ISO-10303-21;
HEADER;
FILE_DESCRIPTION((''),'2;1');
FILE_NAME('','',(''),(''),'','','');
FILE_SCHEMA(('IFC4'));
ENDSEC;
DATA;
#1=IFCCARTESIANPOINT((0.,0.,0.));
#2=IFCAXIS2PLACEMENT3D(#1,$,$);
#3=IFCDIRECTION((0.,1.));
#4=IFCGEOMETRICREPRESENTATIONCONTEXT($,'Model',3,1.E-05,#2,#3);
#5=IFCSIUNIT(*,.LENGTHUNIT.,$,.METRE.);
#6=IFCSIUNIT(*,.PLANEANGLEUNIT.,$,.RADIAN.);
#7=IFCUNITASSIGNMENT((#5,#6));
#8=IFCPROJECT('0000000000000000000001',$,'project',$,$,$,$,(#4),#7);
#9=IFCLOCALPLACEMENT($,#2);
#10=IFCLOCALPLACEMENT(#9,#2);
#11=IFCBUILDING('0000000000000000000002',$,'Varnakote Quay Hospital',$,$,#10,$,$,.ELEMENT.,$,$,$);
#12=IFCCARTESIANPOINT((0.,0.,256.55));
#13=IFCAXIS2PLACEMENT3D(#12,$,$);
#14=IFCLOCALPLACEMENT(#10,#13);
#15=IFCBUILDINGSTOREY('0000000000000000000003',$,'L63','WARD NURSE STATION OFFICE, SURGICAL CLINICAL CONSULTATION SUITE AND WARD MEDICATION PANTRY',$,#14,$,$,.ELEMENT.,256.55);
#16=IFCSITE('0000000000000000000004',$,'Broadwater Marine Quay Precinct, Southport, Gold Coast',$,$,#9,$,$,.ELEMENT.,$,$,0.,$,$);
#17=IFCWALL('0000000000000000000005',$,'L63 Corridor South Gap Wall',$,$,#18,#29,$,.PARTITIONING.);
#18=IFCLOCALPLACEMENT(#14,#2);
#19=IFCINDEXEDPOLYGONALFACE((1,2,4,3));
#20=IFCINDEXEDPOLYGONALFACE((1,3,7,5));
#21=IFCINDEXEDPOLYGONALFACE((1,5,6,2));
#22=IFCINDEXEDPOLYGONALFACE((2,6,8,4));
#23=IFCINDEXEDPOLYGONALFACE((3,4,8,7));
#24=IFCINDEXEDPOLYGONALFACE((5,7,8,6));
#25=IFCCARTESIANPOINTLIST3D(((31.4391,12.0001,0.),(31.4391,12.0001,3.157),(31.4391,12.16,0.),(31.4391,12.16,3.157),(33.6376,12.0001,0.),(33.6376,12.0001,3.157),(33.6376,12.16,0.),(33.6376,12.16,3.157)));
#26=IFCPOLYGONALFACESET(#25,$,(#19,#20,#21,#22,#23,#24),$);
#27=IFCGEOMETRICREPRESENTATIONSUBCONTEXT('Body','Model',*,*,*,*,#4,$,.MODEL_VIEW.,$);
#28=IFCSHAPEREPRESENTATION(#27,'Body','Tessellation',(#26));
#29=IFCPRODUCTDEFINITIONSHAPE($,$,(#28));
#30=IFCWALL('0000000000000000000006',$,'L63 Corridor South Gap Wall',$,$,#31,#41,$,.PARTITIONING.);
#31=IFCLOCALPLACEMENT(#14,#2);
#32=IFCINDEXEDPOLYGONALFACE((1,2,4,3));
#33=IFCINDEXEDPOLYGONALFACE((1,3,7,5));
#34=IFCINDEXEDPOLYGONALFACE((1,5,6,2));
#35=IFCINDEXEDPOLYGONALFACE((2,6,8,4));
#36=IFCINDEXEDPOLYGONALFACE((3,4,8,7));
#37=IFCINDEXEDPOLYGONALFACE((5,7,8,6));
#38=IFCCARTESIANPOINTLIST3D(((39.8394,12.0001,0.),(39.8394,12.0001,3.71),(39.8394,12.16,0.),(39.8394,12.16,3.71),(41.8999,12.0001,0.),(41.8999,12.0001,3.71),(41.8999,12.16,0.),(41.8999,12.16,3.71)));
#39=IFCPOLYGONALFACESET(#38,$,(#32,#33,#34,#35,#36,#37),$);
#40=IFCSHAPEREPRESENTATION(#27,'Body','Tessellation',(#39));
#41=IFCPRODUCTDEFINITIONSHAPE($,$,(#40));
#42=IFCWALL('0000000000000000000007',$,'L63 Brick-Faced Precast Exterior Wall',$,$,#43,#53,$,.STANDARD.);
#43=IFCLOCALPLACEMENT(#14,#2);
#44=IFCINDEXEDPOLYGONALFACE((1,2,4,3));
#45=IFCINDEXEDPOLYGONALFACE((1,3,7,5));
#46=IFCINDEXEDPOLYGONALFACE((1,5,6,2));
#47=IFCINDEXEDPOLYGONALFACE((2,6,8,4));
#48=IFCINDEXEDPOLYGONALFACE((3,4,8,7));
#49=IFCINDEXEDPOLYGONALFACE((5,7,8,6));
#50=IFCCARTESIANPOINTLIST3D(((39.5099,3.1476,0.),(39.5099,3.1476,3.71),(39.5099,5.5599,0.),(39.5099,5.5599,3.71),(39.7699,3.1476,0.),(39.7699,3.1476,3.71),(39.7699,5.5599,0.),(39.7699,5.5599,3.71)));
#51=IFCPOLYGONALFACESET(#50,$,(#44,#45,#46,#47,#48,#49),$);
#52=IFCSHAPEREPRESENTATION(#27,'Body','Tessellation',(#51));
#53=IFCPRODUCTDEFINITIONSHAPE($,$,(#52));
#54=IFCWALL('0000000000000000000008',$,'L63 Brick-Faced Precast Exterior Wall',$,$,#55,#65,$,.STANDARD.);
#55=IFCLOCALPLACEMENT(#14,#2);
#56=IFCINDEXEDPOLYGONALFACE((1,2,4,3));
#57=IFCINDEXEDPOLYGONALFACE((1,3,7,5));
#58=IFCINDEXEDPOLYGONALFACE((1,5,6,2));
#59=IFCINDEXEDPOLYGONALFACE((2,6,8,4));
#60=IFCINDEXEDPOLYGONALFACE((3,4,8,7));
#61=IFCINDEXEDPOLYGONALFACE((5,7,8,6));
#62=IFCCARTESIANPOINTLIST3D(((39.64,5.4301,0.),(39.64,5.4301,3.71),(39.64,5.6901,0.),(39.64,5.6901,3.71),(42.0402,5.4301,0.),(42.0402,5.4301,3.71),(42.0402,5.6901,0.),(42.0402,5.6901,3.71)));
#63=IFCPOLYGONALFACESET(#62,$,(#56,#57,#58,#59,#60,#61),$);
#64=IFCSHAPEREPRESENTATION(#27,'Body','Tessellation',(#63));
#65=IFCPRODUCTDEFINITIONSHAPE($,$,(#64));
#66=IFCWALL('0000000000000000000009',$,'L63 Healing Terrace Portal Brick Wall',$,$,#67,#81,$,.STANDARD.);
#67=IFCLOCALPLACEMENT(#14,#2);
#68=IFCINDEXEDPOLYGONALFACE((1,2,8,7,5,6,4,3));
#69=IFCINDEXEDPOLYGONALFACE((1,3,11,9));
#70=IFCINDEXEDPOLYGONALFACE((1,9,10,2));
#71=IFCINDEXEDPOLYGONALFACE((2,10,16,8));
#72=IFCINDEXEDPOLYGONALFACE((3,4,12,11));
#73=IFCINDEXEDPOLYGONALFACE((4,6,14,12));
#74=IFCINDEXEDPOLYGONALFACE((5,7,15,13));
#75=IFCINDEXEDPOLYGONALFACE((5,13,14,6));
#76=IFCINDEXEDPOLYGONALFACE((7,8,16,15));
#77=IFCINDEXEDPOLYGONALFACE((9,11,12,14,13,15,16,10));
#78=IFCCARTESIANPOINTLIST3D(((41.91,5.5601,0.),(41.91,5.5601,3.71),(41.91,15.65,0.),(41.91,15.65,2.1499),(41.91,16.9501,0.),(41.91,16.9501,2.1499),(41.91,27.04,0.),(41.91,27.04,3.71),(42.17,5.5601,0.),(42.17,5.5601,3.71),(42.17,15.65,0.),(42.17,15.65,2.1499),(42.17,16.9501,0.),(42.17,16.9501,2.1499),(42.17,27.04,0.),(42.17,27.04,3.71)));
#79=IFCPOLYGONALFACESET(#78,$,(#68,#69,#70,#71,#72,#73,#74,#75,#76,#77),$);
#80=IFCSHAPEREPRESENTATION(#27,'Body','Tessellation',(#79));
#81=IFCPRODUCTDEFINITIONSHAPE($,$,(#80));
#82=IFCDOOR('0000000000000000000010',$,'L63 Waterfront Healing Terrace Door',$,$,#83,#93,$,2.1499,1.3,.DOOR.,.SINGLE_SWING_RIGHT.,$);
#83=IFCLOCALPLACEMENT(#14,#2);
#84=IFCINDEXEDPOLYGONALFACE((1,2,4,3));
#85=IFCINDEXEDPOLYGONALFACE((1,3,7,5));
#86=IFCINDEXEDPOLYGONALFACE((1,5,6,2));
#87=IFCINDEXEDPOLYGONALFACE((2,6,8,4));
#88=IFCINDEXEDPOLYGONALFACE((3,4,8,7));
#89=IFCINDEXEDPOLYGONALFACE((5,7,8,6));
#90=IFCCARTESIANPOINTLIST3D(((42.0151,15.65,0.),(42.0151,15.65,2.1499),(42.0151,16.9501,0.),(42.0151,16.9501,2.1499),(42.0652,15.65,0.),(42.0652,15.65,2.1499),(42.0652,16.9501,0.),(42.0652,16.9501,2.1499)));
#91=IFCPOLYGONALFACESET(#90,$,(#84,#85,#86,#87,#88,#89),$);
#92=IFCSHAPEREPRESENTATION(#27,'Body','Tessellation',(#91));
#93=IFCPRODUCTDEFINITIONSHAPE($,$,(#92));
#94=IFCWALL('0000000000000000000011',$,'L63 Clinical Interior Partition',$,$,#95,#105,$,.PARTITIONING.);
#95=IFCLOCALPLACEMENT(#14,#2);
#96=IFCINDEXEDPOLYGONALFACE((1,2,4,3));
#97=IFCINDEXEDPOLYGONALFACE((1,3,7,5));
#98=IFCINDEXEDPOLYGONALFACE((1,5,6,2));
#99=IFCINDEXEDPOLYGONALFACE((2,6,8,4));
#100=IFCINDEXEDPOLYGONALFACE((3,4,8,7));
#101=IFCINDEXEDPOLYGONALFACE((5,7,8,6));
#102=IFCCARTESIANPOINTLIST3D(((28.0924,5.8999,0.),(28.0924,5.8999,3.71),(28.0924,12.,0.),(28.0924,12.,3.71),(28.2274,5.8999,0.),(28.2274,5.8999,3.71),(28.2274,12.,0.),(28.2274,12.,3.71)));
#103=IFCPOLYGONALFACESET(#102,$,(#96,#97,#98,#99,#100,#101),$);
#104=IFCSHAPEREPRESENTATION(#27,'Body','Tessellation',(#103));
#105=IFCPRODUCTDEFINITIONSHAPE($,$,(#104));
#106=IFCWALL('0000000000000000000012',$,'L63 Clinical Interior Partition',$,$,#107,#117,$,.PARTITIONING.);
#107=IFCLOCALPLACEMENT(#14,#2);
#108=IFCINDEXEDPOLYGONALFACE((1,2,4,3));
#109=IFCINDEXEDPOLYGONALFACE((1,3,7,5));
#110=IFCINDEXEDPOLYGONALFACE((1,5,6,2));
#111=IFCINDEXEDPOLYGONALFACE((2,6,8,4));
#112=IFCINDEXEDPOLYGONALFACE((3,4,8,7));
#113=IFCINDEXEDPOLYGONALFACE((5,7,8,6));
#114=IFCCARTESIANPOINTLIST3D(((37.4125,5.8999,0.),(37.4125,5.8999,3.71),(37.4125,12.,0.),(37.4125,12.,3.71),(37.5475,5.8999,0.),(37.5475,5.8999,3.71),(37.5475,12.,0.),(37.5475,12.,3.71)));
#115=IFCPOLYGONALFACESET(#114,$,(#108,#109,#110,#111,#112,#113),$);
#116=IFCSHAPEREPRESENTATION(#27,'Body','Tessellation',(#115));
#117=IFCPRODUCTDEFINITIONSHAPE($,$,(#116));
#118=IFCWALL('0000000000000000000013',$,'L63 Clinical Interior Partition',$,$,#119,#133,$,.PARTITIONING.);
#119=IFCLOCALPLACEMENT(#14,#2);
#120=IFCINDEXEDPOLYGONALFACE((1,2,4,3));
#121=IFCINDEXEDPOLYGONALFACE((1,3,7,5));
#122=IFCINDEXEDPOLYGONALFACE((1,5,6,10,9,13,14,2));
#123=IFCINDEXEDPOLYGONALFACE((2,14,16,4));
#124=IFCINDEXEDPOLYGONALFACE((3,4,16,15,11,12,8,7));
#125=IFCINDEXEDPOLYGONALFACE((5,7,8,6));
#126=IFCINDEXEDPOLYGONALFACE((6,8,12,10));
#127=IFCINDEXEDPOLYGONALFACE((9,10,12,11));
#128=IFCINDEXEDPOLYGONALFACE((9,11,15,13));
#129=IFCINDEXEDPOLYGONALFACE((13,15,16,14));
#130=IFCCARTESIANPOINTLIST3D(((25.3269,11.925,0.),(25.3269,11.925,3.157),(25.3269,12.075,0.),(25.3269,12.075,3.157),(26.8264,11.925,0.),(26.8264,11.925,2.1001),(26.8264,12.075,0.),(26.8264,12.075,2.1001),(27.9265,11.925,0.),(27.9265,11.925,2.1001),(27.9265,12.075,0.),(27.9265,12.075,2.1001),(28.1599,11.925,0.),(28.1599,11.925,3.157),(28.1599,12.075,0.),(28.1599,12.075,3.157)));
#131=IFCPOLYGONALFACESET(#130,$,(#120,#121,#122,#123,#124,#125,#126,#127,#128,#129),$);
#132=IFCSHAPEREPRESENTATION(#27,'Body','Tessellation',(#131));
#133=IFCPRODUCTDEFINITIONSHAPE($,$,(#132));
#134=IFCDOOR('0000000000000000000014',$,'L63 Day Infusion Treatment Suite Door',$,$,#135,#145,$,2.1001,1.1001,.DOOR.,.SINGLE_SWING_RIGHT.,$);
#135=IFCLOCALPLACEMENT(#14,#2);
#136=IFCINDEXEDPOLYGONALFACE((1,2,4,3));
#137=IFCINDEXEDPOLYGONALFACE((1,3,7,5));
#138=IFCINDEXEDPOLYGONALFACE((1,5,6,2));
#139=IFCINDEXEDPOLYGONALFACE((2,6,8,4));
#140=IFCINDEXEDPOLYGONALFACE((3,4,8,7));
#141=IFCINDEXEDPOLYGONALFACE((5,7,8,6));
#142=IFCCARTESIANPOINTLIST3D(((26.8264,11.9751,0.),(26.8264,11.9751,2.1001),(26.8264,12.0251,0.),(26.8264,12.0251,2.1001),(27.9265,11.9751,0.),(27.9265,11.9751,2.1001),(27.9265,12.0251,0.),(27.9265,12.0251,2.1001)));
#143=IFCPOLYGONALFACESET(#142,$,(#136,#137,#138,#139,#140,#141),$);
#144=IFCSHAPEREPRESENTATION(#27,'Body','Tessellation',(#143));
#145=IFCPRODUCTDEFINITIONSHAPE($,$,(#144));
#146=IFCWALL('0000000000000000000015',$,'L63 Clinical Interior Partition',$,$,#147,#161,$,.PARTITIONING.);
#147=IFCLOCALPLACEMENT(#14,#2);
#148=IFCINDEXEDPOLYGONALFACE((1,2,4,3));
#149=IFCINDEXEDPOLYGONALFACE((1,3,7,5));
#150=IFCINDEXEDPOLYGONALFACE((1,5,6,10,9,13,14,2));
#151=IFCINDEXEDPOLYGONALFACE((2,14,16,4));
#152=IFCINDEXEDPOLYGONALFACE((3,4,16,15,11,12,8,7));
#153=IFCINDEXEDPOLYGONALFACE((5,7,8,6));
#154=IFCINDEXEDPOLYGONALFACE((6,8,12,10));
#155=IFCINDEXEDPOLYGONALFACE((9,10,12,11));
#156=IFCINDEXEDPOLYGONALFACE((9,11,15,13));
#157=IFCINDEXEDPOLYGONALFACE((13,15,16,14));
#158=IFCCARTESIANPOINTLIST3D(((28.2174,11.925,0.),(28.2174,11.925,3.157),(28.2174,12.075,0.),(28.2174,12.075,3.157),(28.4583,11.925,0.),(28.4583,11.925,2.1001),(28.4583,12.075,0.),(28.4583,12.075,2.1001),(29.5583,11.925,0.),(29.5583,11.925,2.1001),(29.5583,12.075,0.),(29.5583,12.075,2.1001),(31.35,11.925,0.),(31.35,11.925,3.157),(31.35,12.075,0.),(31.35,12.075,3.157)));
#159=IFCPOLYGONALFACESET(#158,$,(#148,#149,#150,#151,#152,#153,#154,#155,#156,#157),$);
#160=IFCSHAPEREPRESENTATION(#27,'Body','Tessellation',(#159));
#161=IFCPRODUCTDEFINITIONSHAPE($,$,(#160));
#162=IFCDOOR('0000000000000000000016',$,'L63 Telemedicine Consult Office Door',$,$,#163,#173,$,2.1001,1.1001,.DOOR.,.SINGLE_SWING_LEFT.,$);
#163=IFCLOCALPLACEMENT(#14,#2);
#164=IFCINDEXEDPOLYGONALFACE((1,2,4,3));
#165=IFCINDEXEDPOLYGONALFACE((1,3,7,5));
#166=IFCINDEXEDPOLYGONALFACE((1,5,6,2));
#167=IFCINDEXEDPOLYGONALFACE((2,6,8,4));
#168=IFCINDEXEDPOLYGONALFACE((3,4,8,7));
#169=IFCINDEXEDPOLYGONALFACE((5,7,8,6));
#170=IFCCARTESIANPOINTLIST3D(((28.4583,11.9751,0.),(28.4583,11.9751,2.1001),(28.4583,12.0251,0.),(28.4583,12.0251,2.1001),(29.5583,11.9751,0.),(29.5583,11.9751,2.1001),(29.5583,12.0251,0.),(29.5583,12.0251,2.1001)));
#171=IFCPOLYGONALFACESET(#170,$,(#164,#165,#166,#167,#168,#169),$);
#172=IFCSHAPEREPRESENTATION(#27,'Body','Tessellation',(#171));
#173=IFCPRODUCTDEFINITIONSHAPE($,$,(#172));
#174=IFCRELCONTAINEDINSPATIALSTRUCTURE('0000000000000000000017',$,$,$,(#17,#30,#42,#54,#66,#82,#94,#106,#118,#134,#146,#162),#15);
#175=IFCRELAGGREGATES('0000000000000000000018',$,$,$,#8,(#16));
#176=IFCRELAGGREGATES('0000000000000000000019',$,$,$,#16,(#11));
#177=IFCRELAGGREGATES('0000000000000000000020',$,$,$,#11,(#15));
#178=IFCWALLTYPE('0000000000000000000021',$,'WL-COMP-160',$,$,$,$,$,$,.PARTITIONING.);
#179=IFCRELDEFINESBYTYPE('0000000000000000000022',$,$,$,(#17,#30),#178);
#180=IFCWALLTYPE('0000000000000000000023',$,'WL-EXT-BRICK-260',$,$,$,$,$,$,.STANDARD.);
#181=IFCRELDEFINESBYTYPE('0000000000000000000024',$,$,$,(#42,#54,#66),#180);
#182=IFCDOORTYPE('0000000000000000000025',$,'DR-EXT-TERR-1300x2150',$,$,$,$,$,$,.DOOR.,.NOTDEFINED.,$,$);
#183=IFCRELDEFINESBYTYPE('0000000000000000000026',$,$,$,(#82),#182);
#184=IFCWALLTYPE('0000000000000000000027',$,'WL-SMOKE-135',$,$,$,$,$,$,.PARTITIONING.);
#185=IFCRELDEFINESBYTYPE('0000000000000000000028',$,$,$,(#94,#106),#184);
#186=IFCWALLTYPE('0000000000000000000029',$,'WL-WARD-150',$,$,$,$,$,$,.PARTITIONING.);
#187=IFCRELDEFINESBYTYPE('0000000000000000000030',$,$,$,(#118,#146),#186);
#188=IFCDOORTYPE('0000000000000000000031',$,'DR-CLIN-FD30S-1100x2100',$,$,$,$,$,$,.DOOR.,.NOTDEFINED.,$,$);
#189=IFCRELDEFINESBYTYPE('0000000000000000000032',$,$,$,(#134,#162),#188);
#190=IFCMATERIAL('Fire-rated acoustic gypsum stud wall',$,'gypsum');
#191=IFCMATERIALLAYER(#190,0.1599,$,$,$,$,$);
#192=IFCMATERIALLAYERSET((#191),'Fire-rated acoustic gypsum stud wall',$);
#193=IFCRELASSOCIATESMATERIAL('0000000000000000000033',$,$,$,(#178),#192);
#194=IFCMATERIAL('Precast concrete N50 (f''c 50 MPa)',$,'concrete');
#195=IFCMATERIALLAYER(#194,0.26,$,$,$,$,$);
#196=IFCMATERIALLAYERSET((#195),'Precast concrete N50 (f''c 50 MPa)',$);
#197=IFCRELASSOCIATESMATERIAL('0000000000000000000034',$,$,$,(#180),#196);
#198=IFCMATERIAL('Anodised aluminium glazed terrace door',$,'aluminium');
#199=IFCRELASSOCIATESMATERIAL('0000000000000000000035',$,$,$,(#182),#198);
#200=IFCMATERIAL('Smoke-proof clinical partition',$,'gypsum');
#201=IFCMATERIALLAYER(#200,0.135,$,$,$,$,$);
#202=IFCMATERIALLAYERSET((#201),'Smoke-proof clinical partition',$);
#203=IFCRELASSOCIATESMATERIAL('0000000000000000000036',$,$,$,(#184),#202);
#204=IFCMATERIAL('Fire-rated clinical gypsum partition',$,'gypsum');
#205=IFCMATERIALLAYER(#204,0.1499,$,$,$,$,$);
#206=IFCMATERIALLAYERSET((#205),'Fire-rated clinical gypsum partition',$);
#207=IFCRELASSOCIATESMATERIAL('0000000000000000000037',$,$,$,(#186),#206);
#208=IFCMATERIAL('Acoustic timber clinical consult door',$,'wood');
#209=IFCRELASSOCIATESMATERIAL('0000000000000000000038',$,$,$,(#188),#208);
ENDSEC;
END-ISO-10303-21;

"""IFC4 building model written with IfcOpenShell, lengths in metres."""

from ifc_helpers import new_model, si_unit, direction, frame, frame_2d, origin, place, context, subcontext, project, spatial, rectangle, extrude, material, layer, layer_set, type_object, element, fill, save


model = new_model("IFC4")

# Units and contexts
model_context = context("Model", 3, precision=1e-05, world=origin(), true_north=direction((0.0, 1.0)))
body_context = subcontext(model_context, "Body", "Model", "MODEL_VIEW")
ifc_project = project(units=[si_unit("LENGTHUNIT", "METRE"), si_unit("PLANEANGLEUNIT", "RADIAN")], contexts=[model_context])

# Site, building, storey
site_placement = place(None, origin())
site = spatial("IfcSite", under=ifc_project, at=site_placement, Name="Broadwater Marine Quay Precinct, Southport, Gold Coast", CompositionType="ELEMENT", RefElevation=0.0)
building_placement = place(site_placement, origin())
building = spatial("IfcBuilding", under=site, at=building_placement, Name="Varnakote Quay Hospital", CompositionType="ELEMENT")
storey_placement = place(building_placement, frame((0.0, 0.0, 256.55)))
storey = spatial("IfcBuildingStorey", under=building, at=storey_placement, Name="L63", Description="WARD NURSE STATION OFFICE, SURGICAL CLINICAL CONSULTATION SUITE AND WARD MEDICATION PANTRY", CompositionType="ELEMENT", Elevation=256.55)

# Walls
ifc_material_1 = material(Name="Fire-rated acoustic gypsum stud wall", Category="gypsum")
ifc_layer_1 = layer(ifc_material_1, 0.1599)
ifc_layer_set_1 = layer_set([ifc_layer_1], Name="Fire-rated acoustic gypsum stud wall")
wall_type_1 = type_object("IfcWallType", Name="WL-COMP-160", PredefinedType="PARTITIONING", material=ifc_layer_set_1)
wall_1_placement = place(storey_placement, frame((31.4392, 12.0801, 0.0), z_axis=(0.0, 0.0, 1.0), x_axis=(1.0, 0.0, 0.0)))
element("IfcWall", 1, at=wall_1_placement, inside=storey, type_object=wall_type_1, Name="L63 Corridor South Gap Wall", PredefinedType="PARTITIONING", context=body_context, shape_type="SweptSolid", body=[
    extrude(rectangle(XDim=2.1985, YDim=0.1599, at=frame_2d((1.0991, 0.0))), origin(), (0.0, 0.0, 1.0), 3.157),
])
wall_2_placement = place(storey_placement, frame((39.8394, 12.0801, 0.0), z_axis=(0.0, 0.0, 1.0), x_axis=(1.0, 0.0, 0.0)))
element("IfcWall", 2, at=wall_2_placement, inside=storey, type_object=wall_type_1, Name="L63 Corridor South Gap Wall", PredefinedType="PARTITIONING", context=body_context, shape_type="SweptSolid", body=[
    extrude(rectangle(XDim=2.0605, YDim=0.1599, at=frame_2d((1.0303, 0.0))), origin(), (0.0, 0.0, 1.0), 3.71),
])
ifc_material_2 = material(Name="Precast concrete N50 (f'c 50 MPa)", Category="concrete")
ifc_layer_2 = layer(ifc_material_2, 0.26)
ifc_layer_set_2 = layer_set([ifc_layer_2], Name="Precast concrete N50 (f'c 50 MPa)")
wall_type_2 = type_object("IfcWallType", Name="WL-EXT-BRICK-260", PredefinedType="STANDARD", material=ifc_layer_set_2)
wall_3_placement = place(storey_placement, frame((39.6399, 3.1477, 0.0), z_axis=(0.0, 0.0, 1.0), x_axis=(0.0, 1.0, 0.0)))
element("IfcWall", 3, at=wall_3_placement, inside=storey, type_object=wall_type_2, Name="L63 Brick-Faced Precast Exterior Wall", PredefinedType="STANDARD", context=body_context, shape_type="SweptSolid", body=[
    extrude(rectangle(XDim=2.4124, YDim=0.26, at=frame_2d((1.2061, 0.0))), origin(), (0.0, 0.0, 1.0), 3.71),
])
wall_4_placement = place(storey_placement, frame((39.6399, 5.5601, 0.0), z_axis=(0.0, 0.0, 1.0), x_axis=(1.0, 0.0, 0.0)))
element("IfcWall", 4, at=wall_4_placement, inside=storey, type_object=wall_type_2, Name="L63 Brick-Faced Precast Exterior Wall", PredefinedType="STANDARD", context=body_context, shape_type="SweptSolid", body=[
    extrude(rectangle(XDim=2.4001, YDim=0.26, at=frame_2d((1.2002, 0.0))), origin(), (0.0, 0.0, 1.0), 3.71),
])

# Wall, opening, door
wall_5_placement = place(storey_placement, frame((42.04, 5.5601, 0.0), z_axis=(0.0, 0.0, 1.0), x_axis=(0.0, 1.0, 0.0)))
wall_5 = element("IfcWall", 5, at=wall_5_placement, inside=storey, type_object=wall_type_2, Name="L63 Healing Terrace Portal Brick Wall", PredefinedType="STANDARD", context=body_context, shape_type="SweptSolid", body=[
    extrude(rectangle(XDim=21.48, YDim=0.26, at=frame_2d((10.74, 0.0))), origin(), (0.0, 0.0, 1.0), 3.71),
])
opening_1_placement = place(wall_5_placement, frame((10.0901, 0.0, 0.0)))
opening_1 = element("IfcOpeningElement", 6, at=opening_1_placement, cuts=wall_5, PredefinedType="OPENING", context=body_context, shape_type="SweptSolid", body=[
    extrude(rectangle(XDim=1.3, YDim=2.1499, at=frame_2d((0.6499, 1.075))), frame((0.0, 0.1399, 0.0), z_axis=(0.0, -1.0, 0.0), x_axis=(1.0, 0.0, 0.0)), (0.0, 0.0, 1.0), 0.28),
])
ifc_material_3 = material(Name="Anodised aluminium glazed terrace door", Category="aluminium")
door_type_1 = type_object("IfcDoorType", Name="DR-EXT-TERR-1300x2150", OperationType="NOTDEFINED", PredefinedType="DOOR", material=ifc_material_3)
door_1_placement = place(opening_1_placement, origin())
door_1 = element("IfcDoor", 7, at=door_1_placement, inside=storey, type_object=door_type_1, Name="L63 Waterfront Healing Terrace Door", OperationType="SINGLE_SWING_RIGHT", OverallHeight=2.1499, OverallWidth=1.3, PredefinedType="DOOR", context=body_context, shape_type="SweptSolid", body=[
    extrude(rectangle(XDim=1.3, YDim=2.1499, at=frame_2d((0.6499, 1.075))), frame((0.0, 0.0249, 0.0), z_axis=(0.0, -1.0, 0.0), x_axis=(1.0, 0.0, 0.0)), (0.0, 0.0, 1.0), 0.05),
])
fill(opening_1, door_1)

# Walls
ifc_material_4 = material(Name="Smoke-proof clinical partition", Category="gypsum")
ifc_layer_3 = layer(ifc_material_4, 0.135)
ifc_layer_set_3 = layer_set([ifc_layer_3], Name="Smoke-proof clinical partition")
wall_type_3 = type_object("IfcWallType", Name="WL-SMOKE-135", PredefinedType="PARTITIONING", material=ifc_layer_set_3)
for number, where, z_axis, x_axis, name in (
    (8, (28.1599, 5.8999, 0.0), (0.0, 0.0, 1.0), (0.0, 1.0, 0.0), "L63 Clinical Interior Partition"),
    (9, (37.48, 5.8999, 0.0), (0.0, 0.0, 1.0), (0.0, 1.0, 0.0), "L63 Clinical Interior Partition"),
):
    element("IfcWall", number, at=place(storey_placement, frame(where, z_axis=z_axis, x_axis=x_axis)), inside=storey, type_object=wall_type_3, Name=name, PredefinedType="PARTITIONING", context=body_context, shape_type="SweptSolid", body=[
        extrude(rectangle(XDim=6.1001, YDim=0.135, at=frame_2d((3.05, 0.0))), origin(), (0.0, 0.0, 1.0), 3.71),
    ])

# Walls, openings, doors
ifc_material_5 = material(Name="Fire-rated clinical gypsum partition", Category="gypsum")
ifc_layer_4 = layer(ifc_material_5, 0.1499)
ifc_layer_set_4 = layer_set([ifc_layer_4], Name="Fire-rated clinical gypsum partition")
wall_type_4 = type_object("IfcWallType", Name="WL-WARD-150", PredefinedType="PARTITIONING", material=ifc_layer_set_4)
wall_6_placement = place(storey_placement, frame((28.1599, 12.0, 0.0), z_axis=(0.0, 0.0, 1.0), x_axis=(-1.0, 0.0, 0.0)))
wall_6 = element("IfcWall", 10, at=wall_6_placement, inside=storey, type_object=wall_type_4, Name="L63 Clinical Interior Partition", PredefinedType="PARTITIONING", context=body_context, shape_type="SweptSolid", body=[
    extrude(rectangle(XDim=2.833, YDim=0.1499, at=frame_2d((1.4165, 0.0))), origin(), (0.0, 0.0, 1.0), 3.157),
])
opening_2_placement = place(wall_6_placement, frame((0.2334, 0.0, 0.0)))
opening_2 = element("IfcOpeningElement", 11, at=opening_2_placement, cuts=wall_6, PredefinedType="OPENING", context=body_context, shape_type="SweptSolid", body=[
    extrude(rectangle(XDim=1.1001, YDim=2.1001, at=frame_2d((0.55, 1.05))), frame((0.0, 0.085, 0.0), z_axis=(0.0, -1.0, 0.0), x_axis=(1.0, 0.0, 0.0)), (0.0, 0.0, 1.0), 0.1699),
])
ifc_material_6 = material(Name="Acoustic timber clinical consult door", Category="wood")
door_type_2 = type_object("IfcDoorType", Name="DR-CLIN-FD30S-1100x2100", OperationType="NOTDEFINED", PredefinedType="DOOR", material=ifc_material_6)
door_2_placement = place(opening_2_placement, origin())
door_2 = element("IfcDoor", 12, at=door_2_placement, inside=storey, type_object=door_type_2, Name="L63 Day Infusion Treatment Suite Door", OperationType="SINGLE_SWING_RIGHT", OverallHeight=2.1001, OverallWidth=1.1001, PredefinedType="DOOR", context=body_context, shape_type="SweptSolid", body=[
    extrude(rectangle(XDim=1.1001, YDim=2.1001, at=frame_2d((0.55, 1.05))), frame((0.0, 0.0249, 0.0), z_axis=(0.0, -1.0, 0.0), x_axis=(1.0, 0.0, 0.0)), (0.0, 0.0, 1.0), 0.05),
])
fill(opening_2, door_2)
wall_7_placement = place(storey_placement, frame((31.3501, 12.0, 0.0), z_axis=(0.0, 0.0, 1.0), x_axis=(-1.0, 0.0, 0.0)))
wall_7 = element("IfcWall", 13, at=wall_7_placement, inside=storey, type_object=wall_type_4, Name="L63 Clinical Interior Partition", PredefinedType="PARTITIONING", context=body_context, shape_type="SweptSolid", body=[
    extrude(rectangle(XDim=3.1326, YDim=0.1499, at=frame_2d((1.5664, 0.0))), origin(), (0.0, 0.0, 1.0), 3.157),
])
opening_3_placement = place(wall_7_placement, frame((1.7917, 0.0, 0.0)))
opening_3 = element("IfcOpeningElement", 14, at=opening_3_placement, cuts=wall_7, PredefinedType="OPENING", context=body_context, shape_type="SweptSolid", body=[
    extrude(rectangle(XDim=1.1001, YDim=2.1001, at=frame_2d((0.55, 1.05))), frame((0.0, 0.085, 0.0), z_axis=(0.0, -1.0, 0.0), x_axis=(1.0, 0.0, 0.0)), (0.0, 0.0, 1.0), 0.1699),
])
door_3_placement = place(opening_3_placement, origin())
door_3 = element("IfcDoor", 15, at=door_3_placement, inside=storey, type_object=door_type_2, Name="L63 Telemedicine Consult Office Door", OperationType="SINGLE_SWING_LEFT", OverallHeight=2.1001, OverallWidth=1.1001, PredefinedType="DOOR", context=body_context, shape_type="SweptSolid", body=[
    extrude(rectangle(XDim=1.1001, YDim=2.1001, at=frame_2d((0.55, 1.05))), frame((0.0, 0.0249, 0.0), z_axis=(0.0, -1.0, 0.0), x_axis=(1.0, 0.0, 0.0)), (0.0, 0.0, 1.0), 0.05),
])
fill(opening_3, door_3)

save(model, "model.ifc")
